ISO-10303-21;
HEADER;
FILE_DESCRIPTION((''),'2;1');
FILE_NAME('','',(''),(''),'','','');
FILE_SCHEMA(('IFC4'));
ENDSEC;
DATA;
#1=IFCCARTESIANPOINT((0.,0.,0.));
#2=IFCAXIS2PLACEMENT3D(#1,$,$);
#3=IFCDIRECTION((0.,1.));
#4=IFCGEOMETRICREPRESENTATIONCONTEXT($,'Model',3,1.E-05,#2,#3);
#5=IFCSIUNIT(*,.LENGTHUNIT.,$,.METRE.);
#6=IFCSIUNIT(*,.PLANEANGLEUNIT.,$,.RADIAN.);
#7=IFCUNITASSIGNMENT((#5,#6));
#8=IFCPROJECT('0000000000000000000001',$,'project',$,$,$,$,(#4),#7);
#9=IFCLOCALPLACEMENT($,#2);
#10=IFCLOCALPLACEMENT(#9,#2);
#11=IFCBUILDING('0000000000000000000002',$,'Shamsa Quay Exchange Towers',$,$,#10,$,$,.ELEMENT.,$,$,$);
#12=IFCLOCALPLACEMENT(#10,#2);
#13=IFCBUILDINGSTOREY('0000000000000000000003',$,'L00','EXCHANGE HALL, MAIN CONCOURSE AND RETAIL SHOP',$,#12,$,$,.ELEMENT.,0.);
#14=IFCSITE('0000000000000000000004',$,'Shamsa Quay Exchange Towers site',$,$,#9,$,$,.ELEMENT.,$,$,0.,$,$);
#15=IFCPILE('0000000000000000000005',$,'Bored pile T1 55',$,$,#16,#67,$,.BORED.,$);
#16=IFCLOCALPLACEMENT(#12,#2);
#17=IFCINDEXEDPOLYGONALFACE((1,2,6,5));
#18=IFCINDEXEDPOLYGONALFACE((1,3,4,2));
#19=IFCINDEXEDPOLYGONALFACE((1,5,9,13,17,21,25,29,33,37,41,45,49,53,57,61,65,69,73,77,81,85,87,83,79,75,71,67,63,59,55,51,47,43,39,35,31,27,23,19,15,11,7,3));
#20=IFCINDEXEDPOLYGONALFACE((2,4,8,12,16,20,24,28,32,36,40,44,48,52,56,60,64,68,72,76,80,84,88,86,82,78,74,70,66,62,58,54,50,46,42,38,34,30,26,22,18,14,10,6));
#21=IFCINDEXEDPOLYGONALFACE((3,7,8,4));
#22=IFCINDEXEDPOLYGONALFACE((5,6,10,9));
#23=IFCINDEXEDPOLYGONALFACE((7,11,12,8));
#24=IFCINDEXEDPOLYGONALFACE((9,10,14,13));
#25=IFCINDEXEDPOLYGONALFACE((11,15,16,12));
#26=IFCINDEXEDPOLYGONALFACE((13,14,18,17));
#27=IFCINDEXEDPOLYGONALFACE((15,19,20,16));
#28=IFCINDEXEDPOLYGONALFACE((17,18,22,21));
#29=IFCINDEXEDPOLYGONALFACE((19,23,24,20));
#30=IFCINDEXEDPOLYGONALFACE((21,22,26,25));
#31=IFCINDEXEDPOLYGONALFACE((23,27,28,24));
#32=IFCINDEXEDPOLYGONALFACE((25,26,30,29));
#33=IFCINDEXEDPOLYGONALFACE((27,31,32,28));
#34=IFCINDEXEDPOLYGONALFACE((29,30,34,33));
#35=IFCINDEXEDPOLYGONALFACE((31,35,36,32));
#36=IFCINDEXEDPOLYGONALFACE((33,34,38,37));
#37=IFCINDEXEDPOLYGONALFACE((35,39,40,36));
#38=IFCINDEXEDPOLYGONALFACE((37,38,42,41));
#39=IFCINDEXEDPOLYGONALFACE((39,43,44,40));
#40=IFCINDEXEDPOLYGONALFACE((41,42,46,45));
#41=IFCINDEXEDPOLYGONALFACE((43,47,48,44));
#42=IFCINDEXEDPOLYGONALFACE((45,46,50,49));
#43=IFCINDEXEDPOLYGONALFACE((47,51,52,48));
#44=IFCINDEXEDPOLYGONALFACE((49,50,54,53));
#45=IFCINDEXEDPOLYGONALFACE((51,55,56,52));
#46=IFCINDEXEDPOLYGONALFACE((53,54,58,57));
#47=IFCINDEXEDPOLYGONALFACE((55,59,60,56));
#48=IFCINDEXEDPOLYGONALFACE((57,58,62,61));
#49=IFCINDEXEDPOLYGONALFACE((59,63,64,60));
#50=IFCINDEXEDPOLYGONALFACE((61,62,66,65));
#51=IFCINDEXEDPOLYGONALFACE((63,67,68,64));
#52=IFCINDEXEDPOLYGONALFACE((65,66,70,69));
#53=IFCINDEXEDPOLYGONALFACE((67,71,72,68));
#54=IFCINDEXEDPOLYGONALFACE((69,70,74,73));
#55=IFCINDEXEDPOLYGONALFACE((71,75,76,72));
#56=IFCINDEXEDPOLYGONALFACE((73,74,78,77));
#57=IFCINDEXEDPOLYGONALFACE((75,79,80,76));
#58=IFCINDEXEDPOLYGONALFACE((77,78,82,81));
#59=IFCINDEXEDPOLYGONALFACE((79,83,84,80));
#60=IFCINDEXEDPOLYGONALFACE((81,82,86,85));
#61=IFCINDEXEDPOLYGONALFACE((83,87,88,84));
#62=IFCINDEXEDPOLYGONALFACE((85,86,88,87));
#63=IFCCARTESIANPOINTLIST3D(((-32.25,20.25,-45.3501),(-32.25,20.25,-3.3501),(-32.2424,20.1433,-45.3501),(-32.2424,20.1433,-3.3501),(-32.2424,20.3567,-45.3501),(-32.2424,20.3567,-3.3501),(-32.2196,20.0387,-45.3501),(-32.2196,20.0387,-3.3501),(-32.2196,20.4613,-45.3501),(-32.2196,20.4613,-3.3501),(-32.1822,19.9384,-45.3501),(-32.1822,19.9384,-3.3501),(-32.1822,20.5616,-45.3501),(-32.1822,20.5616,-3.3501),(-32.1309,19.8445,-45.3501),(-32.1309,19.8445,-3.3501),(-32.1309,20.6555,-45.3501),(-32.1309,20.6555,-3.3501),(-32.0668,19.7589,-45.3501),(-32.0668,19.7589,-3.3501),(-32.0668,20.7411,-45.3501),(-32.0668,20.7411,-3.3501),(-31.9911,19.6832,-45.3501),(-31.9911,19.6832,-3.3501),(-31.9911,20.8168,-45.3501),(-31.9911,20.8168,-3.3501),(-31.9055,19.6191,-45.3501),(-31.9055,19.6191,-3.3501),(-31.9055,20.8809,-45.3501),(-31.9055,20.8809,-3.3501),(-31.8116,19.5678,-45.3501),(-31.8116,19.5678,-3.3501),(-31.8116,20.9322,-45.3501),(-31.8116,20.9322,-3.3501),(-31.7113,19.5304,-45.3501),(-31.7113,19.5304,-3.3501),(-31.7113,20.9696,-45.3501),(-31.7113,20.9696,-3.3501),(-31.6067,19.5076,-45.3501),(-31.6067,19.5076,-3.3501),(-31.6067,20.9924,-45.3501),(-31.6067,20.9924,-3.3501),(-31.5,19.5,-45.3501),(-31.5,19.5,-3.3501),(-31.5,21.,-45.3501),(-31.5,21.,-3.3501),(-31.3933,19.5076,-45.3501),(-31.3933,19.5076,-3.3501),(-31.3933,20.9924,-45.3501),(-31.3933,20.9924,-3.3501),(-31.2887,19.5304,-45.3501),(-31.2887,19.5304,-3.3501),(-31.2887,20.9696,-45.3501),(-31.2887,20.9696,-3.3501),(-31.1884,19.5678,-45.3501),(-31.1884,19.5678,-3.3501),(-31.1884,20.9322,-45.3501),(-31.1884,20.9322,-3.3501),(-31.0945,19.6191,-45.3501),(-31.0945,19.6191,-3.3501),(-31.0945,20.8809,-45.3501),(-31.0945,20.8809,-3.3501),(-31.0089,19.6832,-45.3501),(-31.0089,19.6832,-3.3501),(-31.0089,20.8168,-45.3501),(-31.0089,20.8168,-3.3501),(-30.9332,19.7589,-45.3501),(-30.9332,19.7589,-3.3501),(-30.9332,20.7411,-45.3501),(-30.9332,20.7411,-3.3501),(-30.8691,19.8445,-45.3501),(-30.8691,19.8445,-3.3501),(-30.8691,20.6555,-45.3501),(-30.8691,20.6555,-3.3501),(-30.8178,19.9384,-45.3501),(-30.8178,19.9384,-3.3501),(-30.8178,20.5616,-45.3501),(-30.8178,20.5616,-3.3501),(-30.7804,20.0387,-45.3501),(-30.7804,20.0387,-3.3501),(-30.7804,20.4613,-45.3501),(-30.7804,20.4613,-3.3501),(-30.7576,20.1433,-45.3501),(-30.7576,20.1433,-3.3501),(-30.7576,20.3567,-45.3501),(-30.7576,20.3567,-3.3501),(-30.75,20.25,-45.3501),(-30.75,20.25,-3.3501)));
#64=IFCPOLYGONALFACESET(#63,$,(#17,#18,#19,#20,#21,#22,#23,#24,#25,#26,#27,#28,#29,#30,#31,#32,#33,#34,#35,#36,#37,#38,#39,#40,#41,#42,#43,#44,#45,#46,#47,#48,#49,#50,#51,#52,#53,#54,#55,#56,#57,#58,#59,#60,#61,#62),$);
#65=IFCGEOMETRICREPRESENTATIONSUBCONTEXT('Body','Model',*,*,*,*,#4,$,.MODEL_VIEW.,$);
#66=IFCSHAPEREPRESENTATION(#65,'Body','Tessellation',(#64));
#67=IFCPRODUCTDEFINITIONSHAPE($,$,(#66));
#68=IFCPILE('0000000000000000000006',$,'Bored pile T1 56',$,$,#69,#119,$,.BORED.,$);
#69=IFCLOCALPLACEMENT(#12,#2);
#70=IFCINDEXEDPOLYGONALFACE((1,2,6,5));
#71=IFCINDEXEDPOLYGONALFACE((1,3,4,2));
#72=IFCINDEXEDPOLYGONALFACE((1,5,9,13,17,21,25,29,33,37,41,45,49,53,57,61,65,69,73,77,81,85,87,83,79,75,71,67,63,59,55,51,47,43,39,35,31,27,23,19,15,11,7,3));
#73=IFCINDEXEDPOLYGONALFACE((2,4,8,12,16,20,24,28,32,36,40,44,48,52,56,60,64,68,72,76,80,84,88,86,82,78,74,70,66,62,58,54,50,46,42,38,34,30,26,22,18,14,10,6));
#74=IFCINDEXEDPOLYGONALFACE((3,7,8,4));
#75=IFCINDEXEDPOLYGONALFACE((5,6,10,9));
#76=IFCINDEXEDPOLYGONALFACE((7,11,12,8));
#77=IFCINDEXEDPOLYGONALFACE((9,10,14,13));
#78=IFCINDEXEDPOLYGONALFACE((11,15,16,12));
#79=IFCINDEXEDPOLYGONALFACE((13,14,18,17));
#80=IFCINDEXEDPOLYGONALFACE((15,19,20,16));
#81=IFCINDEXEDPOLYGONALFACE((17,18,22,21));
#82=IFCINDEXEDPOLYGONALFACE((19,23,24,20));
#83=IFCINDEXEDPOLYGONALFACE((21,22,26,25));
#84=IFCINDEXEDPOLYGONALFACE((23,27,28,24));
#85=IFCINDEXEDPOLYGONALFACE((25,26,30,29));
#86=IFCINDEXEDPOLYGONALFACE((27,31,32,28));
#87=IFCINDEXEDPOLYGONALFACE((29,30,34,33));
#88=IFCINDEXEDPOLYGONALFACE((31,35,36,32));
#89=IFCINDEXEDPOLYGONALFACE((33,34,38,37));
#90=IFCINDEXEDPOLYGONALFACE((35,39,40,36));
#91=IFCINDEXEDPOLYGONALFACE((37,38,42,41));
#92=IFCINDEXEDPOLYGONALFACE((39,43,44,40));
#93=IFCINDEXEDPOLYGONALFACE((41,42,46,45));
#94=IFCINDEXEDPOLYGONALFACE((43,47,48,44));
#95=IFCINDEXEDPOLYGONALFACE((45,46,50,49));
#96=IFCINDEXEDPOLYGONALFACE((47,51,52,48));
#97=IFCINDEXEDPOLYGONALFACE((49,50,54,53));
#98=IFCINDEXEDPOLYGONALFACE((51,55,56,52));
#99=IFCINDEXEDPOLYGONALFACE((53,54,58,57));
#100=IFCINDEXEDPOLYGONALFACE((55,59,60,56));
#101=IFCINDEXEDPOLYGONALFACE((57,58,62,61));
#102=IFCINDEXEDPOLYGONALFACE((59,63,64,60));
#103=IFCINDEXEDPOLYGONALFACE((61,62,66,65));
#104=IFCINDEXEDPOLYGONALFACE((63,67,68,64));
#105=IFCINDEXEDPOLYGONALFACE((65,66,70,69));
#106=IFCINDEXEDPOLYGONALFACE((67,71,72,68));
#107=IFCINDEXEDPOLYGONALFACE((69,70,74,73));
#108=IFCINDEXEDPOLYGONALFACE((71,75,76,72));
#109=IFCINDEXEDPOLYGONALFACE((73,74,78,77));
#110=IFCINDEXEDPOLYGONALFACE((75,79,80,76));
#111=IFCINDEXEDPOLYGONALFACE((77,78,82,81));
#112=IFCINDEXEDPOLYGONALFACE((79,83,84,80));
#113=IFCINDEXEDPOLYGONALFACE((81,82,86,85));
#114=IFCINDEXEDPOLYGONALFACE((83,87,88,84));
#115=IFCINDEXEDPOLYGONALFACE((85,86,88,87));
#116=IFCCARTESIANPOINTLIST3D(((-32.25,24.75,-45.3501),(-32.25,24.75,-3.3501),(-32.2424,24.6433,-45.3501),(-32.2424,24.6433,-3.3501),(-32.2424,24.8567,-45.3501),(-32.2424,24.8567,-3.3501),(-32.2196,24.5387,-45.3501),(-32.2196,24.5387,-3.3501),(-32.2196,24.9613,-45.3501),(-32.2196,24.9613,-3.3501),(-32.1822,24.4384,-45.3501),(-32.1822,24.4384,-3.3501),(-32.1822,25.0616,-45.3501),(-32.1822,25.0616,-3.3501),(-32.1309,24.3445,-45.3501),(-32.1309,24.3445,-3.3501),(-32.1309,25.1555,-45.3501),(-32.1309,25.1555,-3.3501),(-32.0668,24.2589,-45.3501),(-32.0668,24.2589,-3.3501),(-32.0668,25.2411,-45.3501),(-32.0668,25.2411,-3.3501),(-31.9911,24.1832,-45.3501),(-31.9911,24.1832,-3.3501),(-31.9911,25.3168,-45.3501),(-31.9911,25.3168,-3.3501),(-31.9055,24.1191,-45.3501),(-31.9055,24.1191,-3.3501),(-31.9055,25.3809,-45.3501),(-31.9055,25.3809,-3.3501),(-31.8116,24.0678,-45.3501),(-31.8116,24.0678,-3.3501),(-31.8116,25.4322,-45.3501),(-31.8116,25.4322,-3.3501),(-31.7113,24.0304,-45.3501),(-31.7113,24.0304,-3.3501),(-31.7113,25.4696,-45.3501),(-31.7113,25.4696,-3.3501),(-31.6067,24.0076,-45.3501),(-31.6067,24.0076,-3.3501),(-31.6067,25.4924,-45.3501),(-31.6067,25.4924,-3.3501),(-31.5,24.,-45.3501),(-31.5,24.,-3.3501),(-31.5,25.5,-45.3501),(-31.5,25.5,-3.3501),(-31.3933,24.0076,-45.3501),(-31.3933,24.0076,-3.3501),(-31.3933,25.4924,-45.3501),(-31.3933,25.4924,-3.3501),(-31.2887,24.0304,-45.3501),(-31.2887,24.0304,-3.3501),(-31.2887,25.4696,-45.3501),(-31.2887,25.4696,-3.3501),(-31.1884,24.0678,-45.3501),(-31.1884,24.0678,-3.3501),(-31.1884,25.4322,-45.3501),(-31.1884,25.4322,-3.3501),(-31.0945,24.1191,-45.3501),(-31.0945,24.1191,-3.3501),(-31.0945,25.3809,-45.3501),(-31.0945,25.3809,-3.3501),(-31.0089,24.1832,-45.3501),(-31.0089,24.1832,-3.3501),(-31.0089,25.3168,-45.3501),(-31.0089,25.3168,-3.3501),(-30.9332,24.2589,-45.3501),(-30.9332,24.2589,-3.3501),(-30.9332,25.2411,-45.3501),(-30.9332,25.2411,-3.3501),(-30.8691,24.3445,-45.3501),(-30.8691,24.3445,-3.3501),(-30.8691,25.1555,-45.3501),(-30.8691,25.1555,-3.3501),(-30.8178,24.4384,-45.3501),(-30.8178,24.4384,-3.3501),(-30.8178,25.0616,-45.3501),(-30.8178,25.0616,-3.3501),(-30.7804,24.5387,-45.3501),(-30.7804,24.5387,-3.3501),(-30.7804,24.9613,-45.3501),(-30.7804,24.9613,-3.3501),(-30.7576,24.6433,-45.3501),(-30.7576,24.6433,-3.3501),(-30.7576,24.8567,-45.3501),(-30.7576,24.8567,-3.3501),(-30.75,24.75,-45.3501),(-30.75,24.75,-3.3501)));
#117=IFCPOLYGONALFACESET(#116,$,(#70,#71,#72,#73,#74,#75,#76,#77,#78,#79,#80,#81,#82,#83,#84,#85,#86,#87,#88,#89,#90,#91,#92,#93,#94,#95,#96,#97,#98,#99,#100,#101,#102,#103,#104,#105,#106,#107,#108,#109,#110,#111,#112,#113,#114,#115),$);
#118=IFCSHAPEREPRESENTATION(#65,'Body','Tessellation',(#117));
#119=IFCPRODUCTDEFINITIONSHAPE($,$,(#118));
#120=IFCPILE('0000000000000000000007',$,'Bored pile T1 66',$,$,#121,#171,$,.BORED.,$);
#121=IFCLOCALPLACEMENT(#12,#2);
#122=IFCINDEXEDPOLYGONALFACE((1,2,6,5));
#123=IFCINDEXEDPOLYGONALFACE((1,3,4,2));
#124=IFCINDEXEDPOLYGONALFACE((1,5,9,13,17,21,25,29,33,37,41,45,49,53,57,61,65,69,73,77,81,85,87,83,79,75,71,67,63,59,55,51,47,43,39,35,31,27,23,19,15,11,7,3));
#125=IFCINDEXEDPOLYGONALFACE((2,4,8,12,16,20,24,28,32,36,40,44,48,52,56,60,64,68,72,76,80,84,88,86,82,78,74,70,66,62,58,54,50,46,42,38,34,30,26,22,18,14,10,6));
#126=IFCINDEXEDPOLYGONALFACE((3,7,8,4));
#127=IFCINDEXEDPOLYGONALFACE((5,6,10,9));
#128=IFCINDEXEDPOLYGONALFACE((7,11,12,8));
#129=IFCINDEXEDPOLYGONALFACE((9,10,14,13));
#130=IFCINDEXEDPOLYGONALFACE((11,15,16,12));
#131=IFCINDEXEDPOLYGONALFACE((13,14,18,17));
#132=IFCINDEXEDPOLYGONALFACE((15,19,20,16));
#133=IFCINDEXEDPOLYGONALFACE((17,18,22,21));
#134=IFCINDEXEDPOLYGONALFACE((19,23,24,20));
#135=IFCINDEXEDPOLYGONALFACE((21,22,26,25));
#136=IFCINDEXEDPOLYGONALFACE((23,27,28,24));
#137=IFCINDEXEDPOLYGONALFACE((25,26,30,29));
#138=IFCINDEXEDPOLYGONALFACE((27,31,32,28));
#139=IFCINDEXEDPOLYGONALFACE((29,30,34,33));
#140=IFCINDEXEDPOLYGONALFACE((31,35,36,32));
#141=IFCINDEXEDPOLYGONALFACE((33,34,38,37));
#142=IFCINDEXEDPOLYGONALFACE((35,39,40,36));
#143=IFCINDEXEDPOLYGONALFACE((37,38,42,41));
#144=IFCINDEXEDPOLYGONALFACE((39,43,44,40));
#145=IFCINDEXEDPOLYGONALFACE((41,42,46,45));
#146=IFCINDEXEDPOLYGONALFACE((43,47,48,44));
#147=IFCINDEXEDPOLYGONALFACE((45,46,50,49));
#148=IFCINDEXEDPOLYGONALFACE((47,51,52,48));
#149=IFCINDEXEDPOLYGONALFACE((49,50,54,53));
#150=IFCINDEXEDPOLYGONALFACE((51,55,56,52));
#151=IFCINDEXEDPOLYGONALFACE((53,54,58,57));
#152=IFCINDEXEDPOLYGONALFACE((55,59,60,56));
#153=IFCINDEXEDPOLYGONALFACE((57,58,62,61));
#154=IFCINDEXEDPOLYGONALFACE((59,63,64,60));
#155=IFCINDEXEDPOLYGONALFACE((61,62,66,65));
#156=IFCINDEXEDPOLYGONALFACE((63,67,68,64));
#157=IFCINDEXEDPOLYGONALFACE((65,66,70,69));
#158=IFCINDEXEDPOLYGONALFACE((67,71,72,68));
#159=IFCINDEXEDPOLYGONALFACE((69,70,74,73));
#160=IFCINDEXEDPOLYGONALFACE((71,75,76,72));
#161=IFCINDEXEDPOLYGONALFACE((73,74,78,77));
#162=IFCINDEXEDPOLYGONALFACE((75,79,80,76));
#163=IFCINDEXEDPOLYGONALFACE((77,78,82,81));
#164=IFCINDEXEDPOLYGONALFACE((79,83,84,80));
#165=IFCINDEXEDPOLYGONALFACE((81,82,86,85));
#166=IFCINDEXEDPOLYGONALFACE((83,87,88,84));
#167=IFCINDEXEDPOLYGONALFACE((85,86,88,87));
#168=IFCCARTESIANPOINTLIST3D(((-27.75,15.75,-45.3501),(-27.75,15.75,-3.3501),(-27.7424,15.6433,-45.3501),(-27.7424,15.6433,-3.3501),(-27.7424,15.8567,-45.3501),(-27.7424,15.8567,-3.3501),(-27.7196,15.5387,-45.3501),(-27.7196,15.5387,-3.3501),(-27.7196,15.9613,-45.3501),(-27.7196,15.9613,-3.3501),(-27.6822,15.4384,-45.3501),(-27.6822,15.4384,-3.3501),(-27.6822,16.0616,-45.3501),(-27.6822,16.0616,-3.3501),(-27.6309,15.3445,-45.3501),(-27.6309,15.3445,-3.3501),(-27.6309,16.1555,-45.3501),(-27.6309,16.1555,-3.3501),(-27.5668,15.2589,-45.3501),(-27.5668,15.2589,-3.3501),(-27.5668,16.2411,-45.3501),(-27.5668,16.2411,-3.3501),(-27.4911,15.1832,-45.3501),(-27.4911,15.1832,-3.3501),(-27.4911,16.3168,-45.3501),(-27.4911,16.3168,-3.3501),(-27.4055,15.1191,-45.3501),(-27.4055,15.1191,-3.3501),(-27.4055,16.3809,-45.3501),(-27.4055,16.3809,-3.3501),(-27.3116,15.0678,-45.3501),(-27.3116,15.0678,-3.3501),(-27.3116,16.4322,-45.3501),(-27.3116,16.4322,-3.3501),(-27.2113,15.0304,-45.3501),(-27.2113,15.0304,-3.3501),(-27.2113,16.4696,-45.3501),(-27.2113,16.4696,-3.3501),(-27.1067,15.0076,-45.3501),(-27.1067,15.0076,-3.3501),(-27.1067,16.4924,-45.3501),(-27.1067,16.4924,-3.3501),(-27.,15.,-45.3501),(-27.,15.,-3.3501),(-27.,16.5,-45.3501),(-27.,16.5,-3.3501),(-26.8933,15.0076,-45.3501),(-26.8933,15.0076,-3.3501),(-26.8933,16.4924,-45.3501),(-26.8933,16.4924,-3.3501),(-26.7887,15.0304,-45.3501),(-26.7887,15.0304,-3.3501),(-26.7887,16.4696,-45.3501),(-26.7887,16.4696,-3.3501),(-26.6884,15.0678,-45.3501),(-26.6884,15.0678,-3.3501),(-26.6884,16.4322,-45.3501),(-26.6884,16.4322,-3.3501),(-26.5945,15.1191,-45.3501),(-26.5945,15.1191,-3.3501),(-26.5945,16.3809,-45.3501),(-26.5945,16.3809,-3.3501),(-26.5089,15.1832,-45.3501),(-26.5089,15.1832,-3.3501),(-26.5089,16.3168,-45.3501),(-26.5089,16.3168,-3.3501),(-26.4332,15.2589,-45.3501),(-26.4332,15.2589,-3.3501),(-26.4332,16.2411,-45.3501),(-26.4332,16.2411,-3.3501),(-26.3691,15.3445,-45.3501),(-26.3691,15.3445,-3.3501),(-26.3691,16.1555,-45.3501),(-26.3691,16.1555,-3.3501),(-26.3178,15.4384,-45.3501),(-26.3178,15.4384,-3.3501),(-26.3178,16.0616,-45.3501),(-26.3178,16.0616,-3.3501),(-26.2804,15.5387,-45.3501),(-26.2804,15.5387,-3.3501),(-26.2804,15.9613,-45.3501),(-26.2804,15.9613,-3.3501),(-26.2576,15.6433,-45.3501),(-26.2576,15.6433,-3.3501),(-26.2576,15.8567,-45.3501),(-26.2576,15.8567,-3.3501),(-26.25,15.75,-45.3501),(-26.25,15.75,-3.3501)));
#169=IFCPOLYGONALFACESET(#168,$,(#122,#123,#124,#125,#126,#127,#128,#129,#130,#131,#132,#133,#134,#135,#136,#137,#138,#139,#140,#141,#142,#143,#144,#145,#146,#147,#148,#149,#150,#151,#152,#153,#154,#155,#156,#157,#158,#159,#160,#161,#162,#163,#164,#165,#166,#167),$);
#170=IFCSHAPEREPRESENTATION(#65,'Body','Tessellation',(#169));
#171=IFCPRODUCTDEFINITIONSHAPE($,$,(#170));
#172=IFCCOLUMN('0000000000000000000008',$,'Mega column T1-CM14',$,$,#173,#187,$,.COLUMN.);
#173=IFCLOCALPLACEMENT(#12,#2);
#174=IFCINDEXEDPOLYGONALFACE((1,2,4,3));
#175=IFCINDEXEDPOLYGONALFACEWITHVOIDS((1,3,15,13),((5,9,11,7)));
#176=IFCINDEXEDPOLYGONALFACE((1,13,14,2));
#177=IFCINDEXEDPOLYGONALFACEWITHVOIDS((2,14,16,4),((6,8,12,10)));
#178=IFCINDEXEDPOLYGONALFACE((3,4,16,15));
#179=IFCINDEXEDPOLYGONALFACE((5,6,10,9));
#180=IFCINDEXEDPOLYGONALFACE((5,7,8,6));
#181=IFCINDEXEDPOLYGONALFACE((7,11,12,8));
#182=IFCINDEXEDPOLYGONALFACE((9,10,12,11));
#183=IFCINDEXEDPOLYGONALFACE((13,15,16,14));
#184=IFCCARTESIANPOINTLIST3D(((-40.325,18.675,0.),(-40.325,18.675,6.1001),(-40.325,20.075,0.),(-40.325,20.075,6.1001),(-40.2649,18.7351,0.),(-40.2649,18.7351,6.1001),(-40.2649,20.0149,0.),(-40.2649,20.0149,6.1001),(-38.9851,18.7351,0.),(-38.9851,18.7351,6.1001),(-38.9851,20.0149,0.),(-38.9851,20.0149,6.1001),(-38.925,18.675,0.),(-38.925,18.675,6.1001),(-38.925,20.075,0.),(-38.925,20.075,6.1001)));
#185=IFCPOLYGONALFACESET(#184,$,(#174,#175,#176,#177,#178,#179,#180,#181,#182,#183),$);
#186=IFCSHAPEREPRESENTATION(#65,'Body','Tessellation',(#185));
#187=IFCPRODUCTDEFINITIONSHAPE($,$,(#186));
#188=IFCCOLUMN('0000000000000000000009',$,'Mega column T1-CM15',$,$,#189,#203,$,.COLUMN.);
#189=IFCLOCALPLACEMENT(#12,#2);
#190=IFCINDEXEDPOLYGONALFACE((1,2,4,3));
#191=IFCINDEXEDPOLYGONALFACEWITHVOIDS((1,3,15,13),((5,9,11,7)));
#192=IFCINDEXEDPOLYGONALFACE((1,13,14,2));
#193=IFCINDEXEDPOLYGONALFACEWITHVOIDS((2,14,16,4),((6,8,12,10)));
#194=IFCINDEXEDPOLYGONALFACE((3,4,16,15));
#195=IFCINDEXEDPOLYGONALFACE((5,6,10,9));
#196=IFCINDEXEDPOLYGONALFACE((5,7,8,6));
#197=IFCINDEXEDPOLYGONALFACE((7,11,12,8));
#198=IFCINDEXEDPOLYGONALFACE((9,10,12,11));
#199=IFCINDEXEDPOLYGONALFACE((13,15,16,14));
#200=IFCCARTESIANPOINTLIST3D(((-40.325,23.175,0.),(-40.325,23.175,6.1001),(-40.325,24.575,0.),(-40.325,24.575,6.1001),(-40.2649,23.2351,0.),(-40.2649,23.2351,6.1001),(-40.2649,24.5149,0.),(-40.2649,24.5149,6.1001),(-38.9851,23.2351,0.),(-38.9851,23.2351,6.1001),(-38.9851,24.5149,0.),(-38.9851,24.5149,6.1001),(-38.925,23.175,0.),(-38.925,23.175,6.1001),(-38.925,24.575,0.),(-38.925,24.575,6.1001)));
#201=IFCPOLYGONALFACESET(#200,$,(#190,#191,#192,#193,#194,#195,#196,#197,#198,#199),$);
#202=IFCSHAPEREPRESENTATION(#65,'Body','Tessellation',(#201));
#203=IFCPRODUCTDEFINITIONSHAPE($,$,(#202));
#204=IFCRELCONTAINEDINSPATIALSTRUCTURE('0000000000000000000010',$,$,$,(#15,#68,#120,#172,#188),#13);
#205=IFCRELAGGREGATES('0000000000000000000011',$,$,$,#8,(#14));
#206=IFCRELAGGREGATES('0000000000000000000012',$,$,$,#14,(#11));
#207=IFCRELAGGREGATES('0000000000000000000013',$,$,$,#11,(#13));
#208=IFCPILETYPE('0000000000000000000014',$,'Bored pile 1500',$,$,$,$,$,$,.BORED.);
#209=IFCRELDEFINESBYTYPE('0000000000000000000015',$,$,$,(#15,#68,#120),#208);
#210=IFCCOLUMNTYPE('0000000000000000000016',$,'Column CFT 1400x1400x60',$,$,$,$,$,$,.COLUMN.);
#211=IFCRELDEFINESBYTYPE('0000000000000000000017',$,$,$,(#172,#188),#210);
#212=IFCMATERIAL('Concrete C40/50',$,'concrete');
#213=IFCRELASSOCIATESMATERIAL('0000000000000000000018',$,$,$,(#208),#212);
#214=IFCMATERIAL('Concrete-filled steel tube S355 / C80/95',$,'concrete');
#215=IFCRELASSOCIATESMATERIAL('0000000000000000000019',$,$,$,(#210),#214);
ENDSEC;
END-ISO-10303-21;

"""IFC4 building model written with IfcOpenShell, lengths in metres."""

from ifc_helpers import new_model, si_unit, direction, frame, origin, origin_2d, place, context, subcontext, project, spatial, hollow_rectangle, circle, extrude, material, material_profile, profile_set, type_object, element, save


model = new_model("IFC4")

# Units and contexts
model_context = context("Model", 3, precision=1e-05, world=origin(), true_north=direction((0.0, 1.0)))
body_context = subcontext(model_context, "Body", "Model", "MODEL_VIEW")
ifc_project = project(units=[si_unit("LENGTHUNIT", "METRE"), si_unit("PLANEANGLEUNIT", "RADIAN")], contexts=[model_context])

# Site, building, storey
site_placement = place(None, origin())
site = spatial("IfcSite", under=ifc_project, at=site_placement, Name="Shamsa Quay Exchange Towers site", CompositionType="ELEMENT", RefElevation=0.0)
building_placement = place(site_placement, origin())
building = spatial("IfcBuilding", under=site, at=building_placement, Name="Shamsa Quay Exchange Towers", CompositionType="ELEMENT")
storey_placement = place(building_placement, origin())
storey = spatial("IfcBuildingStorey", under=building, at=storey_placement, Name="L00", Description="EXCHANGE HALL, MAIN CONCOURSE AND RETAIL SHOP", CompositionType="ELEMENT", Elevation=0.0)

# Piles
ifc_material_1 = material(Name="Concrete C40/50", Category="concrete")
ifc_material_profile_1 = material_profile(ifc_material_1, circle(Radius=0.75, at=origin_2d()), Name="BP1500")
ifc_profile_set_1 = profile_set([ifc_material_profile_1], Name="Concrete C40/50")
pile_type_1 = type_object("IfcPileType", Name="Bored pile 1500", PredefinedType="BORED", material=ifc_profile_set_1)
for number, where, z_axis, x_axis, name in (
    (1, (-31.5, 20.25, -3.3501), (0.0, 0.0, -1.0), (1.0, 0.0, 0.0), "Bored pile T1 55"),
    (2, (-31.5, 24.75, -3.3501), (0.0, 0.0, -1.0), (1.0, 0.0, 0.0), "Bored pile T1 56"),
    (3, (-27.0, 15.75, -3.3501), (0.0, 0.0, -1.0), (1.0, 0.0, 0.0), "Bored pile T1 66"),
):
    element("IfcPile", number, at=place(storey_placement, frame(where, z_axis=z_axis, x_axis=x_axis)), inside=storey, type_object=pile_type_1, Name=name, PredefinedType="BORED", context=body_context, shape_type="SweptSolid", body=[
        extrude(circle(Radius=0.75, at=origin_2d()), origin(), (0.0, 0.0, 1.0), 42.0),
    ])

# Columns
ifc_material_2 = material(Name="Concrete-filled steel tube S355 / C80/95", Category="concrete")
ifc_material_profile_2 = material_profile(ifc_material_2, hollow_rectangle(XDim=1.3999, YDim=1.3999, WallThickness=0.0601, at=origin_2d()), Name="CFT 1400x1400x60")
ifc_profile_set_2 = profile_set([ifc_material_profile_2], Name="Concrete-filled steel tube S355 / C80/95")
column_type_1 = type_object("IfcColumnType", Name="Column CFT 1400x1400x60", PredefinedType="COLUMN", material=ifc_profile_set_2)
for number, where, name in (
    (4, (-39.625, 19.375, 0.0), "Mega column T1-CM14"),
    (5, (-39.625, 23.875, 0.0), "Mega column T1-CM15"),
):
    element("IfcColumn", number, at=place(storey_placement, frame(where)), inside=storey, type_object=column_type_1, Name=name, PredefinedType="COLUMN", context=body_context, shape_type="SweptSolid", body=[
        extrude(hollow_rectangle(XDim=1.3999, YDim=1.3999, WallThickness=0.0601, at=origin_2d()), origin(), (0.0, 0.0, 1.0), 6.1001),
    ])

save(model, "model.ifc")
